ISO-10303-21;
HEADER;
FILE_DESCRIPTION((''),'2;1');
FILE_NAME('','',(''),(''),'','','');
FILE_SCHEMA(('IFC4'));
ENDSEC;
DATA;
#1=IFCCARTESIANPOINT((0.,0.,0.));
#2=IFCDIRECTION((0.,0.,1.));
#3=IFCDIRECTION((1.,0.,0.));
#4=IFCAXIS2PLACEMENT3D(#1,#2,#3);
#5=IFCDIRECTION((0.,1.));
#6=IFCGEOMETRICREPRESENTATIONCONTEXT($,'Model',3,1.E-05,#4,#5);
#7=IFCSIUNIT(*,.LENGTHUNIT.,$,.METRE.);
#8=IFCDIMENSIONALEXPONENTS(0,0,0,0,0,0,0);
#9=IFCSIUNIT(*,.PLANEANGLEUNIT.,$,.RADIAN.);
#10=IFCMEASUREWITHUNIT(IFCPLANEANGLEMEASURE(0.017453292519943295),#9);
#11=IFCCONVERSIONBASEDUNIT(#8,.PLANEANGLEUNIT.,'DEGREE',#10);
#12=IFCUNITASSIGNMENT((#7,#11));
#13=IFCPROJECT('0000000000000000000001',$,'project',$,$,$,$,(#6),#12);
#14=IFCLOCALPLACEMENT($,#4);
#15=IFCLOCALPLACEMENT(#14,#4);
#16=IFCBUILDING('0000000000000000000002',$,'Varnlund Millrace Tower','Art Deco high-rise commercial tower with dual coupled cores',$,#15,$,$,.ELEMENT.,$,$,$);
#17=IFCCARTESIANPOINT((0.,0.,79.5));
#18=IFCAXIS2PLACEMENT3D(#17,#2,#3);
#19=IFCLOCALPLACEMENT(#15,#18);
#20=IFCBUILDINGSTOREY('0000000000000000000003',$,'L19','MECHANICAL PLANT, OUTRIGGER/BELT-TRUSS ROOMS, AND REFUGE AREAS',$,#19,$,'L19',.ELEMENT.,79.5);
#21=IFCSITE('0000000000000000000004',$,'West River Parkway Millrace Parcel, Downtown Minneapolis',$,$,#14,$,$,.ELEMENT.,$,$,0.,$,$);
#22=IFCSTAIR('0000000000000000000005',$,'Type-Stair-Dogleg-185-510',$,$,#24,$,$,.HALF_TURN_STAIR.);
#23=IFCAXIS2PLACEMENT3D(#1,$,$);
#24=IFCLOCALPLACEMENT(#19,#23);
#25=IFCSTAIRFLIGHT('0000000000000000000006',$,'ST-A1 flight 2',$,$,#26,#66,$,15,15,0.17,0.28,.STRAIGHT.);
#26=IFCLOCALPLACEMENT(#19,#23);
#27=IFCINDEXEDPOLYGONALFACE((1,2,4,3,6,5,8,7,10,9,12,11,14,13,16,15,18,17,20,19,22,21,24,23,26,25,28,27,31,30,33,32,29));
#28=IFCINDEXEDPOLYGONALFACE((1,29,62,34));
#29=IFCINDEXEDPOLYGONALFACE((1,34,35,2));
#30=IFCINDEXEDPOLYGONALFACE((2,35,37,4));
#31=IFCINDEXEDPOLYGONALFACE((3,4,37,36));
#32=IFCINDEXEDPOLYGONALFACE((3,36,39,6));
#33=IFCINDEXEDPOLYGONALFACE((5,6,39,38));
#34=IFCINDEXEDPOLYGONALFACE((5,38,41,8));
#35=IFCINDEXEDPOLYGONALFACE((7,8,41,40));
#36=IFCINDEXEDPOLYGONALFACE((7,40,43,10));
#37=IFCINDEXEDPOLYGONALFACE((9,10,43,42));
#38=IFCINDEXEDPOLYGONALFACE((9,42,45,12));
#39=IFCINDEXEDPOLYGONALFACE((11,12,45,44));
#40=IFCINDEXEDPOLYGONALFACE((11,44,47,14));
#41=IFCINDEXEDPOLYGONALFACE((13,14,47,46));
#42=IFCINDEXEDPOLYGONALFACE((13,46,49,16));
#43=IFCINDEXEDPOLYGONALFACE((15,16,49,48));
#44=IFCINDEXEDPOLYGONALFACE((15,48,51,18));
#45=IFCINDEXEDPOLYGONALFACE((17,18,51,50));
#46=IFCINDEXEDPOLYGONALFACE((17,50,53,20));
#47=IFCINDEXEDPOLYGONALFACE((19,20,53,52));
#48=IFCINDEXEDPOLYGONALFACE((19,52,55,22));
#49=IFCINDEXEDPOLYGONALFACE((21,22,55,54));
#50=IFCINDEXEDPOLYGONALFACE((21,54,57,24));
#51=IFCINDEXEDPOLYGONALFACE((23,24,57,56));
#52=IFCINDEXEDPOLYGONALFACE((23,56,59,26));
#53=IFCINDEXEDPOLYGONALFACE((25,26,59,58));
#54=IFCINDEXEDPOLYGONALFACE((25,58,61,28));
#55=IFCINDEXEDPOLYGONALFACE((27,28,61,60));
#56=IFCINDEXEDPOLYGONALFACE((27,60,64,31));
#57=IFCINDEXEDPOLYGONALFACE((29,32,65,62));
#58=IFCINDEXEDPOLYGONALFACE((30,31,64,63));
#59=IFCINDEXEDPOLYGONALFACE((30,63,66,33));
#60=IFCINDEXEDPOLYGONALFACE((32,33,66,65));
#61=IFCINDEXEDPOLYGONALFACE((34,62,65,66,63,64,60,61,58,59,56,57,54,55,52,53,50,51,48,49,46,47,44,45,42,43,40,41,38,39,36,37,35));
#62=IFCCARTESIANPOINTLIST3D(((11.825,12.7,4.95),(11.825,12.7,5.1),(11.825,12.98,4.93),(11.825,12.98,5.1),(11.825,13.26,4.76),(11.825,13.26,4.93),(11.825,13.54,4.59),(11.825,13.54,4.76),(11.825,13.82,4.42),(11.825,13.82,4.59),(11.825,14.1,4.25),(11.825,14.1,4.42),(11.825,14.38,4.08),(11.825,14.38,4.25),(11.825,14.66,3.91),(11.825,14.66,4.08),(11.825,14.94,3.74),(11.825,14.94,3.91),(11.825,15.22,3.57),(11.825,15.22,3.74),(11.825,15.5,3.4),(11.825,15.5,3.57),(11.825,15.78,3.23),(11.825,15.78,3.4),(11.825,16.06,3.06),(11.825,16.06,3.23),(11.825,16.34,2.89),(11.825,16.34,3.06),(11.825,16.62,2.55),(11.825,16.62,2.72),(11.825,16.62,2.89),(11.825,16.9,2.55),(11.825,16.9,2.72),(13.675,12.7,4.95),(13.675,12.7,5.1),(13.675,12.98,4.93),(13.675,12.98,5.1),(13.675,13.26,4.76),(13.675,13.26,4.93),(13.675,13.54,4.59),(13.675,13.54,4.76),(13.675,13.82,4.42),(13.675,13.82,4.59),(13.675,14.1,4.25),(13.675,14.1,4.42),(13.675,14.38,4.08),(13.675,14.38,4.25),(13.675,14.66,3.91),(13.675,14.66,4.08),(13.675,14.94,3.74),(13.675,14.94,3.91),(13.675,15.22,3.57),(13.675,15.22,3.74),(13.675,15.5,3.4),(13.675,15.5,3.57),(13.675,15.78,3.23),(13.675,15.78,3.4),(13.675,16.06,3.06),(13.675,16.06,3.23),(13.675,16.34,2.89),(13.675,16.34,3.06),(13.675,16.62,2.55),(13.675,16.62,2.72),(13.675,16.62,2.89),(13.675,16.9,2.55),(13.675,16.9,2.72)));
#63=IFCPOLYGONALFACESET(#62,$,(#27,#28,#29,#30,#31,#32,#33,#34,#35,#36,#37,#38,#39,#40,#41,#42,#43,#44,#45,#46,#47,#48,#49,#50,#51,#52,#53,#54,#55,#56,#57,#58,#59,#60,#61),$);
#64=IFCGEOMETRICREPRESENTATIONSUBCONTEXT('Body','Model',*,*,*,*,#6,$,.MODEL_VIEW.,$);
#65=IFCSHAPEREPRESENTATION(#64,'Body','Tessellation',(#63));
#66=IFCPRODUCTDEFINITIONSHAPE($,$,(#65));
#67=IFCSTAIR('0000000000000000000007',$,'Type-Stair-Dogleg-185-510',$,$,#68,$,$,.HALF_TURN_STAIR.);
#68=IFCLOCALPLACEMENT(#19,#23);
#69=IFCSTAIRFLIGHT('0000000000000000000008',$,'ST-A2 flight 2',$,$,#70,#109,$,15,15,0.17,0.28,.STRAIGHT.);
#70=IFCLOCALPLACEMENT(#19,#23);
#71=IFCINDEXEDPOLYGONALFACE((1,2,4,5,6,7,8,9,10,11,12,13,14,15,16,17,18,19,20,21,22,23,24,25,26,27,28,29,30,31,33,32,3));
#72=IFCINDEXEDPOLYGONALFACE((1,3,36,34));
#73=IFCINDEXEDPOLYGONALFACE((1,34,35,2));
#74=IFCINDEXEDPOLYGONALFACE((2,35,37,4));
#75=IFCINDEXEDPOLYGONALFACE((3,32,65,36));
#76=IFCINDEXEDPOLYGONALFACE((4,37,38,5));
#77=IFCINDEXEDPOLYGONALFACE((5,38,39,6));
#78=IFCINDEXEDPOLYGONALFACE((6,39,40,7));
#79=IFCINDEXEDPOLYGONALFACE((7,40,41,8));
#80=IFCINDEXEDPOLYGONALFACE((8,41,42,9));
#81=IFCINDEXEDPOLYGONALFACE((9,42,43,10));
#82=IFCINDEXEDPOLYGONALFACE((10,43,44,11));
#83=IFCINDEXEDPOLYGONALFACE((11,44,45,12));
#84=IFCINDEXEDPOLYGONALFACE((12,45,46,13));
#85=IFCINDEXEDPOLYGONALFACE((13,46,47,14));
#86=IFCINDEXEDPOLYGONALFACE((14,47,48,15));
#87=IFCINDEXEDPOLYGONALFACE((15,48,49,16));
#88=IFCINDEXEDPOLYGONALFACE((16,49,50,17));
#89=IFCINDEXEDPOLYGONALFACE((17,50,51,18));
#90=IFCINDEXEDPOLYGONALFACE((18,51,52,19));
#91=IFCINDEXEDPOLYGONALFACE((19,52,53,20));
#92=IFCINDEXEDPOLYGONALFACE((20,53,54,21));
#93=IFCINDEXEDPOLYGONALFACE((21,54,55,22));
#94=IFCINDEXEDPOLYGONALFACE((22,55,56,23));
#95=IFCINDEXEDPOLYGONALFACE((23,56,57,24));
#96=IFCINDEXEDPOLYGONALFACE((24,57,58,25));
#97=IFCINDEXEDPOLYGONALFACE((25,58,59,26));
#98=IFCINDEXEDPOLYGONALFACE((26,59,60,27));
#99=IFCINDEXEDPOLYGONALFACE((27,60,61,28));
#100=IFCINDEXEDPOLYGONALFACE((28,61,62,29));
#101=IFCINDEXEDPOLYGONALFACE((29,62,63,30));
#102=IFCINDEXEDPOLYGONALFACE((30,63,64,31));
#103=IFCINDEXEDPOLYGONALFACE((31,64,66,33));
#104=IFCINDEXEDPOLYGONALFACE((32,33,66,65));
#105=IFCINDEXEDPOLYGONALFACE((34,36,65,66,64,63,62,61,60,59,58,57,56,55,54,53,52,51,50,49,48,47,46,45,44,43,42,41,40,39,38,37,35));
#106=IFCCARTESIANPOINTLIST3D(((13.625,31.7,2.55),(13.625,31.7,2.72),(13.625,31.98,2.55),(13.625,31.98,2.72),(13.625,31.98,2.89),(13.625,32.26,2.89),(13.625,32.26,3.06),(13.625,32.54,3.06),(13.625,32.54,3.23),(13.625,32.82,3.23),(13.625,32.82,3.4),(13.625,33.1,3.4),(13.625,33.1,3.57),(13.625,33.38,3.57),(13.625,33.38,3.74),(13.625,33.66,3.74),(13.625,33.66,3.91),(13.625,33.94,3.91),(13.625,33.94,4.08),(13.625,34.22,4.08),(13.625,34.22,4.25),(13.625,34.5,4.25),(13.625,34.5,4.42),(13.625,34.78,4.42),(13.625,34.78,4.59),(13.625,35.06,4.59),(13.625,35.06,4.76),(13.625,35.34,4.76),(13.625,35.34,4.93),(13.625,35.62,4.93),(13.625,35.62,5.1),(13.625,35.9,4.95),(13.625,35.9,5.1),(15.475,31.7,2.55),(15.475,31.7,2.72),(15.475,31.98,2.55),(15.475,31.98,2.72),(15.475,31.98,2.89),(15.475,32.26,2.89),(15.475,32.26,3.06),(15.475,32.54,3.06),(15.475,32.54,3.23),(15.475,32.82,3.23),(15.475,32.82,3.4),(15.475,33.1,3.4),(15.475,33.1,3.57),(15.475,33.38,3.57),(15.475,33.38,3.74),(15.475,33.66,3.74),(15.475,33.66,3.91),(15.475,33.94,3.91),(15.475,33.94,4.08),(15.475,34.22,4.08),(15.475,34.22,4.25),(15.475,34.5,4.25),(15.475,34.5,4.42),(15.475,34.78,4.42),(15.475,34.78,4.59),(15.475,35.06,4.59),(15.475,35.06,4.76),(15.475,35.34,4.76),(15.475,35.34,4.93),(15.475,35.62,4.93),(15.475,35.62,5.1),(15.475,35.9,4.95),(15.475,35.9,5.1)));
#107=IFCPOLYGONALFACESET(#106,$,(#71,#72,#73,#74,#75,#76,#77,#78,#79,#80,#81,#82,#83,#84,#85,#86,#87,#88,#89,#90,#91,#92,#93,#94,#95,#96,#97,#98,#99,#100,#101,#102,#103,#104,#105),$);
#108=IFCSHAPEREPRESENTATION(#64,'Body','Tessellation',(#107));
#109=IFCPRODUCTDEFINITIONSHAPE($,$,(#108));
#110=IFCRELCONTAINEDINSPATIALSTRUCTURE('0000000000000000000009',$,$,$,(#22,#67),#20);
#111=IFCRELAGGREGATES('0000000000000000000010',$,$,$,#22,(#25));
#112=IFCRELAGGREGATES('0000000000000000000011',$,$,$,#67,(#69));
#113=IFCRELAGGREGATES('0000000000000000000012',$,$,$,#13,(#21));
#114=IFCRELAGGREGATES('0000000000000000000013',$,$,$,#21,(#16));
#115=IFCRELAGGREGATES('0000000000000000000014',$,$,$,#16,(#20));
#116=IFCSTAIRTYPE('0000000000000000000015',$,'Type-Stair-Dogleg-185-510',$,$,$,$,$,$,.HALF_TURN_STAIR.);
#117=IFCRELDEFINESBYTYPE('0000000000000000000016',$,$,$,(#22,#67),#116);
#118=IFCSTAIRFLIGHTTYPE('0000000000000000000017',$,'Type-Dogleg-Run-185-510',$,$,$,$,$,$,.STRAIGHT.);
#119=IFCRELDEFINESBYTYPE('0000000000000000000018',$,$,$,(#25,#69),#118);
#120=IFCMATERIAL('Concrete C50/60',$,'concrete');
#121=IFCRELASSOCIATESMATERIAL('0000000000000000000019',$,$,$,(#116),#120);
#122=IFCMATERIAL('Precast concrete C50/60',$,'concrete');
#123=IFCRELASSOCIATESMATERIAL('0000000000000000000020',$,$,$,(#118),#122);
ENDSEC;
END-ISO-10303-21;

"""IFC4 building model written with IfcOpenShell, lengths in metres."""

from ifc_helpers import new_model, entity, si_unit, converted_unit, direction, frame, origin_with_axes, place, context, subcontext, project, spatial, polyline, outline, extrude, material, type_object, element, aggregate, save


model = new_model("IFC4")

# Units and contexts
model_context = context("Model", 3, precision=1e-05, world=origin_with_axes(), true_north=direction((0.0, 1.0)))
body_context = subcontext(model_context, "Body", "Model", "MODEL_VIEW")
ifc_project = project(units=[si_unit("LENGTHUNIT", "METRE"), converted_unit("PLANEANGLEUNIT", "DEGREE", entity("IfcPlaneAngleMeasure", 0.017453292519943295), si_unit("PLANEANGLEUNIT", "RADIAN"), dimensions=[0, 0, 0, 0, 0, 0, 0])], contexts=[model_context])

# Site, building, storey
site_placement = place(None, origin_with_axes())
site = spatial("IfcSite", under=ifc_project, at=site_placement, Name="West River Parkway Millrace Parcel, Downtown Minneapolis", CompositionType="ELEMENT", RefElevation=0.0)
building_placement = place(site_placement, origin_with_axes())
building = spatial("IfcBuilding", under=site, at=building_placement, Name="Varnlund Millrace Tower", Description="Art Deco high-rise commercial tower with dual coupled cores", CompositionType="ELEMENT")
storey_placement = place(building_placement, frame((0.0, 0.0, 79.5), z_axis=(0.0, 0.0, 1.0), x_axis=(1.0, 0.0, 0.0)))
storey = spatial("IfcBuildingStorey", under=building, at=storey_placement, Name="L19", Description="MECHANICAL PLANT, OUTRIGGER/BELT-TRUSS ROOMS, AND REFUGE AREAS", LongName="L19", CompositionType="ELEMENT", Elevation=79.5)

# Stairs, stair flights
ifc_material_1 = material(Name="Concrete C50/60", Category="concrete")
stair_type = type_object("IfcStairType", Name="Type-Stair-Dogleg-185-510", PredefinedType="HALF_TURN_STAIR", material=ifc_material_1)
stair_1_placement = place(storey_placement, origin_with_axes())
stair_1 = element("IfcStair", 1, at=stair_1_placement, inside=storey, type_object=stair_type, Name="Type-Stair-Dogleg-185-510", PredefinedType="HALF_TURN_STAIR")
ifc_material_2 = material(Name="Precast concrete C50/60", Category="concrete")
stair_flight_type = type_object("IfcStairFlightType", Name="Type-Dogleg-Run-185-510", PredefinedType="STRAIGHT", material=ifc_material_2)
stair_flight_1_placement = place(storey_placement, frame((13.675, 16.9, 2.55), z_axis=(-1.0, 0.0, 0.0), x_axis=(0.0, -1.0, 0.0)))
stair_flight_1 = element("IfcStairFlight", 2, at=stair_flight_1_placement, type_object=stair_flight_type, Name="ST-A1 flight 2", NumberOfRisers=15, NumberOfTreads=15, PredefinedType="STRAIGHT", RiserHeight=0.17, TreadLength=0.28, context=body_context, shape_type="SweptSolid", body=[
    extrude(outline(polyline([(0.0, 0.0), (0.0, 0.17), (0.28, 0.17), (0.28, 0.34), (0.56, 0.34), (0.56, 0.51), (0.84, 0.51), (0.84, 0.68), (1.12, 0.68), (1.12, 0.85), (1.4, 0.85), (1.4, 1.02), (1.68, 1.02), (1.68, 1.19), (1.96, 1.19), (1.96, 1.36), (2.24, 1.36), (2.24, 1.53), (2.52, 1.53), (2.52, 1.7), (2.8, 1.7), (2.8, 1.87), (3.08, 1.87), (3.08, 2.04), (3.36, 2.04), (3.36, 2.21), (3.64, 2.21), (3.64, 2.38), (3.92, 2.38), (3.92, 2.55), (4.2, 2.55), (4.2, 2.4), (0.28, 0.0), (0.0, 0.0)])), origin_with_axes(), (0.0, 0.0, 1.0), 1.85),
])
aggregate(stair_1, [stair_flight_1])
stair_2_placement = place(storey_placement, origin_with_axes())
stair_2 = element("IfcStair", 3, at=stair_2_placement, inside=storey, type_object=stair_type, Name="Type-Stair-Dogleg-185-510", PredefinedType="HALF_TURN_STAIR")
stair_flight_2_placement = place(storey_placement, frame((13.625, 31.7, 2.55), z_axis=(1.0, 0.0, 0.0), x_axis=(0.0, 1.0, 0.0)))
stair_flight_2 = element("IfcStairFlight", 4, at=stair_flight_2_placement, type_object=stair_flight_type, Name="ST-A2 flight 2", NumberOfRisers=15, NumberOfTreads=15, PredefinedType="STRAIGHT", RiserHeight=0.17, TreadLength=0.28, context=body_context, shape_type="SweptSolid", body=[
    extrude(outline(polyline([(0.0, 0.0), (0.0, 0.17), (0.28, 0.17), (0.28, 0.34), (0.56, 0.34), (0.56, 0.51), (0.84, 0.51), (0.84, 0.68), (1.12, 0.68), (1.12, 0.85), (1.4, 0.85), (1.4, 1.02), (1.68, 1.02), (1.68, 1.19), (1.96, 1.19), (1.96, 1.36), (2.24, 1.36), (2.24, 1.53), (2.52, 1.53), (2.52, 1.7), (2.8, 1.7), (2.8, 1.87), (3.08, 1.87), (3.08, 2.04), (3.36, 2.04), (3.36, 2.21), (3.64, 2.21), (3.64, 2.38), (3.92, 2.38), (3.92, 2.55), (4.2, 2.55), (4.2, 2.4), (0.28, 0.0), (0.0, 0.0)])), origin_with_axes(), (0.0, 0.0, 1.0), 1.85),
])
aggregate(stair_2, [stair_flight_2])

save(model, "model.ifc")
